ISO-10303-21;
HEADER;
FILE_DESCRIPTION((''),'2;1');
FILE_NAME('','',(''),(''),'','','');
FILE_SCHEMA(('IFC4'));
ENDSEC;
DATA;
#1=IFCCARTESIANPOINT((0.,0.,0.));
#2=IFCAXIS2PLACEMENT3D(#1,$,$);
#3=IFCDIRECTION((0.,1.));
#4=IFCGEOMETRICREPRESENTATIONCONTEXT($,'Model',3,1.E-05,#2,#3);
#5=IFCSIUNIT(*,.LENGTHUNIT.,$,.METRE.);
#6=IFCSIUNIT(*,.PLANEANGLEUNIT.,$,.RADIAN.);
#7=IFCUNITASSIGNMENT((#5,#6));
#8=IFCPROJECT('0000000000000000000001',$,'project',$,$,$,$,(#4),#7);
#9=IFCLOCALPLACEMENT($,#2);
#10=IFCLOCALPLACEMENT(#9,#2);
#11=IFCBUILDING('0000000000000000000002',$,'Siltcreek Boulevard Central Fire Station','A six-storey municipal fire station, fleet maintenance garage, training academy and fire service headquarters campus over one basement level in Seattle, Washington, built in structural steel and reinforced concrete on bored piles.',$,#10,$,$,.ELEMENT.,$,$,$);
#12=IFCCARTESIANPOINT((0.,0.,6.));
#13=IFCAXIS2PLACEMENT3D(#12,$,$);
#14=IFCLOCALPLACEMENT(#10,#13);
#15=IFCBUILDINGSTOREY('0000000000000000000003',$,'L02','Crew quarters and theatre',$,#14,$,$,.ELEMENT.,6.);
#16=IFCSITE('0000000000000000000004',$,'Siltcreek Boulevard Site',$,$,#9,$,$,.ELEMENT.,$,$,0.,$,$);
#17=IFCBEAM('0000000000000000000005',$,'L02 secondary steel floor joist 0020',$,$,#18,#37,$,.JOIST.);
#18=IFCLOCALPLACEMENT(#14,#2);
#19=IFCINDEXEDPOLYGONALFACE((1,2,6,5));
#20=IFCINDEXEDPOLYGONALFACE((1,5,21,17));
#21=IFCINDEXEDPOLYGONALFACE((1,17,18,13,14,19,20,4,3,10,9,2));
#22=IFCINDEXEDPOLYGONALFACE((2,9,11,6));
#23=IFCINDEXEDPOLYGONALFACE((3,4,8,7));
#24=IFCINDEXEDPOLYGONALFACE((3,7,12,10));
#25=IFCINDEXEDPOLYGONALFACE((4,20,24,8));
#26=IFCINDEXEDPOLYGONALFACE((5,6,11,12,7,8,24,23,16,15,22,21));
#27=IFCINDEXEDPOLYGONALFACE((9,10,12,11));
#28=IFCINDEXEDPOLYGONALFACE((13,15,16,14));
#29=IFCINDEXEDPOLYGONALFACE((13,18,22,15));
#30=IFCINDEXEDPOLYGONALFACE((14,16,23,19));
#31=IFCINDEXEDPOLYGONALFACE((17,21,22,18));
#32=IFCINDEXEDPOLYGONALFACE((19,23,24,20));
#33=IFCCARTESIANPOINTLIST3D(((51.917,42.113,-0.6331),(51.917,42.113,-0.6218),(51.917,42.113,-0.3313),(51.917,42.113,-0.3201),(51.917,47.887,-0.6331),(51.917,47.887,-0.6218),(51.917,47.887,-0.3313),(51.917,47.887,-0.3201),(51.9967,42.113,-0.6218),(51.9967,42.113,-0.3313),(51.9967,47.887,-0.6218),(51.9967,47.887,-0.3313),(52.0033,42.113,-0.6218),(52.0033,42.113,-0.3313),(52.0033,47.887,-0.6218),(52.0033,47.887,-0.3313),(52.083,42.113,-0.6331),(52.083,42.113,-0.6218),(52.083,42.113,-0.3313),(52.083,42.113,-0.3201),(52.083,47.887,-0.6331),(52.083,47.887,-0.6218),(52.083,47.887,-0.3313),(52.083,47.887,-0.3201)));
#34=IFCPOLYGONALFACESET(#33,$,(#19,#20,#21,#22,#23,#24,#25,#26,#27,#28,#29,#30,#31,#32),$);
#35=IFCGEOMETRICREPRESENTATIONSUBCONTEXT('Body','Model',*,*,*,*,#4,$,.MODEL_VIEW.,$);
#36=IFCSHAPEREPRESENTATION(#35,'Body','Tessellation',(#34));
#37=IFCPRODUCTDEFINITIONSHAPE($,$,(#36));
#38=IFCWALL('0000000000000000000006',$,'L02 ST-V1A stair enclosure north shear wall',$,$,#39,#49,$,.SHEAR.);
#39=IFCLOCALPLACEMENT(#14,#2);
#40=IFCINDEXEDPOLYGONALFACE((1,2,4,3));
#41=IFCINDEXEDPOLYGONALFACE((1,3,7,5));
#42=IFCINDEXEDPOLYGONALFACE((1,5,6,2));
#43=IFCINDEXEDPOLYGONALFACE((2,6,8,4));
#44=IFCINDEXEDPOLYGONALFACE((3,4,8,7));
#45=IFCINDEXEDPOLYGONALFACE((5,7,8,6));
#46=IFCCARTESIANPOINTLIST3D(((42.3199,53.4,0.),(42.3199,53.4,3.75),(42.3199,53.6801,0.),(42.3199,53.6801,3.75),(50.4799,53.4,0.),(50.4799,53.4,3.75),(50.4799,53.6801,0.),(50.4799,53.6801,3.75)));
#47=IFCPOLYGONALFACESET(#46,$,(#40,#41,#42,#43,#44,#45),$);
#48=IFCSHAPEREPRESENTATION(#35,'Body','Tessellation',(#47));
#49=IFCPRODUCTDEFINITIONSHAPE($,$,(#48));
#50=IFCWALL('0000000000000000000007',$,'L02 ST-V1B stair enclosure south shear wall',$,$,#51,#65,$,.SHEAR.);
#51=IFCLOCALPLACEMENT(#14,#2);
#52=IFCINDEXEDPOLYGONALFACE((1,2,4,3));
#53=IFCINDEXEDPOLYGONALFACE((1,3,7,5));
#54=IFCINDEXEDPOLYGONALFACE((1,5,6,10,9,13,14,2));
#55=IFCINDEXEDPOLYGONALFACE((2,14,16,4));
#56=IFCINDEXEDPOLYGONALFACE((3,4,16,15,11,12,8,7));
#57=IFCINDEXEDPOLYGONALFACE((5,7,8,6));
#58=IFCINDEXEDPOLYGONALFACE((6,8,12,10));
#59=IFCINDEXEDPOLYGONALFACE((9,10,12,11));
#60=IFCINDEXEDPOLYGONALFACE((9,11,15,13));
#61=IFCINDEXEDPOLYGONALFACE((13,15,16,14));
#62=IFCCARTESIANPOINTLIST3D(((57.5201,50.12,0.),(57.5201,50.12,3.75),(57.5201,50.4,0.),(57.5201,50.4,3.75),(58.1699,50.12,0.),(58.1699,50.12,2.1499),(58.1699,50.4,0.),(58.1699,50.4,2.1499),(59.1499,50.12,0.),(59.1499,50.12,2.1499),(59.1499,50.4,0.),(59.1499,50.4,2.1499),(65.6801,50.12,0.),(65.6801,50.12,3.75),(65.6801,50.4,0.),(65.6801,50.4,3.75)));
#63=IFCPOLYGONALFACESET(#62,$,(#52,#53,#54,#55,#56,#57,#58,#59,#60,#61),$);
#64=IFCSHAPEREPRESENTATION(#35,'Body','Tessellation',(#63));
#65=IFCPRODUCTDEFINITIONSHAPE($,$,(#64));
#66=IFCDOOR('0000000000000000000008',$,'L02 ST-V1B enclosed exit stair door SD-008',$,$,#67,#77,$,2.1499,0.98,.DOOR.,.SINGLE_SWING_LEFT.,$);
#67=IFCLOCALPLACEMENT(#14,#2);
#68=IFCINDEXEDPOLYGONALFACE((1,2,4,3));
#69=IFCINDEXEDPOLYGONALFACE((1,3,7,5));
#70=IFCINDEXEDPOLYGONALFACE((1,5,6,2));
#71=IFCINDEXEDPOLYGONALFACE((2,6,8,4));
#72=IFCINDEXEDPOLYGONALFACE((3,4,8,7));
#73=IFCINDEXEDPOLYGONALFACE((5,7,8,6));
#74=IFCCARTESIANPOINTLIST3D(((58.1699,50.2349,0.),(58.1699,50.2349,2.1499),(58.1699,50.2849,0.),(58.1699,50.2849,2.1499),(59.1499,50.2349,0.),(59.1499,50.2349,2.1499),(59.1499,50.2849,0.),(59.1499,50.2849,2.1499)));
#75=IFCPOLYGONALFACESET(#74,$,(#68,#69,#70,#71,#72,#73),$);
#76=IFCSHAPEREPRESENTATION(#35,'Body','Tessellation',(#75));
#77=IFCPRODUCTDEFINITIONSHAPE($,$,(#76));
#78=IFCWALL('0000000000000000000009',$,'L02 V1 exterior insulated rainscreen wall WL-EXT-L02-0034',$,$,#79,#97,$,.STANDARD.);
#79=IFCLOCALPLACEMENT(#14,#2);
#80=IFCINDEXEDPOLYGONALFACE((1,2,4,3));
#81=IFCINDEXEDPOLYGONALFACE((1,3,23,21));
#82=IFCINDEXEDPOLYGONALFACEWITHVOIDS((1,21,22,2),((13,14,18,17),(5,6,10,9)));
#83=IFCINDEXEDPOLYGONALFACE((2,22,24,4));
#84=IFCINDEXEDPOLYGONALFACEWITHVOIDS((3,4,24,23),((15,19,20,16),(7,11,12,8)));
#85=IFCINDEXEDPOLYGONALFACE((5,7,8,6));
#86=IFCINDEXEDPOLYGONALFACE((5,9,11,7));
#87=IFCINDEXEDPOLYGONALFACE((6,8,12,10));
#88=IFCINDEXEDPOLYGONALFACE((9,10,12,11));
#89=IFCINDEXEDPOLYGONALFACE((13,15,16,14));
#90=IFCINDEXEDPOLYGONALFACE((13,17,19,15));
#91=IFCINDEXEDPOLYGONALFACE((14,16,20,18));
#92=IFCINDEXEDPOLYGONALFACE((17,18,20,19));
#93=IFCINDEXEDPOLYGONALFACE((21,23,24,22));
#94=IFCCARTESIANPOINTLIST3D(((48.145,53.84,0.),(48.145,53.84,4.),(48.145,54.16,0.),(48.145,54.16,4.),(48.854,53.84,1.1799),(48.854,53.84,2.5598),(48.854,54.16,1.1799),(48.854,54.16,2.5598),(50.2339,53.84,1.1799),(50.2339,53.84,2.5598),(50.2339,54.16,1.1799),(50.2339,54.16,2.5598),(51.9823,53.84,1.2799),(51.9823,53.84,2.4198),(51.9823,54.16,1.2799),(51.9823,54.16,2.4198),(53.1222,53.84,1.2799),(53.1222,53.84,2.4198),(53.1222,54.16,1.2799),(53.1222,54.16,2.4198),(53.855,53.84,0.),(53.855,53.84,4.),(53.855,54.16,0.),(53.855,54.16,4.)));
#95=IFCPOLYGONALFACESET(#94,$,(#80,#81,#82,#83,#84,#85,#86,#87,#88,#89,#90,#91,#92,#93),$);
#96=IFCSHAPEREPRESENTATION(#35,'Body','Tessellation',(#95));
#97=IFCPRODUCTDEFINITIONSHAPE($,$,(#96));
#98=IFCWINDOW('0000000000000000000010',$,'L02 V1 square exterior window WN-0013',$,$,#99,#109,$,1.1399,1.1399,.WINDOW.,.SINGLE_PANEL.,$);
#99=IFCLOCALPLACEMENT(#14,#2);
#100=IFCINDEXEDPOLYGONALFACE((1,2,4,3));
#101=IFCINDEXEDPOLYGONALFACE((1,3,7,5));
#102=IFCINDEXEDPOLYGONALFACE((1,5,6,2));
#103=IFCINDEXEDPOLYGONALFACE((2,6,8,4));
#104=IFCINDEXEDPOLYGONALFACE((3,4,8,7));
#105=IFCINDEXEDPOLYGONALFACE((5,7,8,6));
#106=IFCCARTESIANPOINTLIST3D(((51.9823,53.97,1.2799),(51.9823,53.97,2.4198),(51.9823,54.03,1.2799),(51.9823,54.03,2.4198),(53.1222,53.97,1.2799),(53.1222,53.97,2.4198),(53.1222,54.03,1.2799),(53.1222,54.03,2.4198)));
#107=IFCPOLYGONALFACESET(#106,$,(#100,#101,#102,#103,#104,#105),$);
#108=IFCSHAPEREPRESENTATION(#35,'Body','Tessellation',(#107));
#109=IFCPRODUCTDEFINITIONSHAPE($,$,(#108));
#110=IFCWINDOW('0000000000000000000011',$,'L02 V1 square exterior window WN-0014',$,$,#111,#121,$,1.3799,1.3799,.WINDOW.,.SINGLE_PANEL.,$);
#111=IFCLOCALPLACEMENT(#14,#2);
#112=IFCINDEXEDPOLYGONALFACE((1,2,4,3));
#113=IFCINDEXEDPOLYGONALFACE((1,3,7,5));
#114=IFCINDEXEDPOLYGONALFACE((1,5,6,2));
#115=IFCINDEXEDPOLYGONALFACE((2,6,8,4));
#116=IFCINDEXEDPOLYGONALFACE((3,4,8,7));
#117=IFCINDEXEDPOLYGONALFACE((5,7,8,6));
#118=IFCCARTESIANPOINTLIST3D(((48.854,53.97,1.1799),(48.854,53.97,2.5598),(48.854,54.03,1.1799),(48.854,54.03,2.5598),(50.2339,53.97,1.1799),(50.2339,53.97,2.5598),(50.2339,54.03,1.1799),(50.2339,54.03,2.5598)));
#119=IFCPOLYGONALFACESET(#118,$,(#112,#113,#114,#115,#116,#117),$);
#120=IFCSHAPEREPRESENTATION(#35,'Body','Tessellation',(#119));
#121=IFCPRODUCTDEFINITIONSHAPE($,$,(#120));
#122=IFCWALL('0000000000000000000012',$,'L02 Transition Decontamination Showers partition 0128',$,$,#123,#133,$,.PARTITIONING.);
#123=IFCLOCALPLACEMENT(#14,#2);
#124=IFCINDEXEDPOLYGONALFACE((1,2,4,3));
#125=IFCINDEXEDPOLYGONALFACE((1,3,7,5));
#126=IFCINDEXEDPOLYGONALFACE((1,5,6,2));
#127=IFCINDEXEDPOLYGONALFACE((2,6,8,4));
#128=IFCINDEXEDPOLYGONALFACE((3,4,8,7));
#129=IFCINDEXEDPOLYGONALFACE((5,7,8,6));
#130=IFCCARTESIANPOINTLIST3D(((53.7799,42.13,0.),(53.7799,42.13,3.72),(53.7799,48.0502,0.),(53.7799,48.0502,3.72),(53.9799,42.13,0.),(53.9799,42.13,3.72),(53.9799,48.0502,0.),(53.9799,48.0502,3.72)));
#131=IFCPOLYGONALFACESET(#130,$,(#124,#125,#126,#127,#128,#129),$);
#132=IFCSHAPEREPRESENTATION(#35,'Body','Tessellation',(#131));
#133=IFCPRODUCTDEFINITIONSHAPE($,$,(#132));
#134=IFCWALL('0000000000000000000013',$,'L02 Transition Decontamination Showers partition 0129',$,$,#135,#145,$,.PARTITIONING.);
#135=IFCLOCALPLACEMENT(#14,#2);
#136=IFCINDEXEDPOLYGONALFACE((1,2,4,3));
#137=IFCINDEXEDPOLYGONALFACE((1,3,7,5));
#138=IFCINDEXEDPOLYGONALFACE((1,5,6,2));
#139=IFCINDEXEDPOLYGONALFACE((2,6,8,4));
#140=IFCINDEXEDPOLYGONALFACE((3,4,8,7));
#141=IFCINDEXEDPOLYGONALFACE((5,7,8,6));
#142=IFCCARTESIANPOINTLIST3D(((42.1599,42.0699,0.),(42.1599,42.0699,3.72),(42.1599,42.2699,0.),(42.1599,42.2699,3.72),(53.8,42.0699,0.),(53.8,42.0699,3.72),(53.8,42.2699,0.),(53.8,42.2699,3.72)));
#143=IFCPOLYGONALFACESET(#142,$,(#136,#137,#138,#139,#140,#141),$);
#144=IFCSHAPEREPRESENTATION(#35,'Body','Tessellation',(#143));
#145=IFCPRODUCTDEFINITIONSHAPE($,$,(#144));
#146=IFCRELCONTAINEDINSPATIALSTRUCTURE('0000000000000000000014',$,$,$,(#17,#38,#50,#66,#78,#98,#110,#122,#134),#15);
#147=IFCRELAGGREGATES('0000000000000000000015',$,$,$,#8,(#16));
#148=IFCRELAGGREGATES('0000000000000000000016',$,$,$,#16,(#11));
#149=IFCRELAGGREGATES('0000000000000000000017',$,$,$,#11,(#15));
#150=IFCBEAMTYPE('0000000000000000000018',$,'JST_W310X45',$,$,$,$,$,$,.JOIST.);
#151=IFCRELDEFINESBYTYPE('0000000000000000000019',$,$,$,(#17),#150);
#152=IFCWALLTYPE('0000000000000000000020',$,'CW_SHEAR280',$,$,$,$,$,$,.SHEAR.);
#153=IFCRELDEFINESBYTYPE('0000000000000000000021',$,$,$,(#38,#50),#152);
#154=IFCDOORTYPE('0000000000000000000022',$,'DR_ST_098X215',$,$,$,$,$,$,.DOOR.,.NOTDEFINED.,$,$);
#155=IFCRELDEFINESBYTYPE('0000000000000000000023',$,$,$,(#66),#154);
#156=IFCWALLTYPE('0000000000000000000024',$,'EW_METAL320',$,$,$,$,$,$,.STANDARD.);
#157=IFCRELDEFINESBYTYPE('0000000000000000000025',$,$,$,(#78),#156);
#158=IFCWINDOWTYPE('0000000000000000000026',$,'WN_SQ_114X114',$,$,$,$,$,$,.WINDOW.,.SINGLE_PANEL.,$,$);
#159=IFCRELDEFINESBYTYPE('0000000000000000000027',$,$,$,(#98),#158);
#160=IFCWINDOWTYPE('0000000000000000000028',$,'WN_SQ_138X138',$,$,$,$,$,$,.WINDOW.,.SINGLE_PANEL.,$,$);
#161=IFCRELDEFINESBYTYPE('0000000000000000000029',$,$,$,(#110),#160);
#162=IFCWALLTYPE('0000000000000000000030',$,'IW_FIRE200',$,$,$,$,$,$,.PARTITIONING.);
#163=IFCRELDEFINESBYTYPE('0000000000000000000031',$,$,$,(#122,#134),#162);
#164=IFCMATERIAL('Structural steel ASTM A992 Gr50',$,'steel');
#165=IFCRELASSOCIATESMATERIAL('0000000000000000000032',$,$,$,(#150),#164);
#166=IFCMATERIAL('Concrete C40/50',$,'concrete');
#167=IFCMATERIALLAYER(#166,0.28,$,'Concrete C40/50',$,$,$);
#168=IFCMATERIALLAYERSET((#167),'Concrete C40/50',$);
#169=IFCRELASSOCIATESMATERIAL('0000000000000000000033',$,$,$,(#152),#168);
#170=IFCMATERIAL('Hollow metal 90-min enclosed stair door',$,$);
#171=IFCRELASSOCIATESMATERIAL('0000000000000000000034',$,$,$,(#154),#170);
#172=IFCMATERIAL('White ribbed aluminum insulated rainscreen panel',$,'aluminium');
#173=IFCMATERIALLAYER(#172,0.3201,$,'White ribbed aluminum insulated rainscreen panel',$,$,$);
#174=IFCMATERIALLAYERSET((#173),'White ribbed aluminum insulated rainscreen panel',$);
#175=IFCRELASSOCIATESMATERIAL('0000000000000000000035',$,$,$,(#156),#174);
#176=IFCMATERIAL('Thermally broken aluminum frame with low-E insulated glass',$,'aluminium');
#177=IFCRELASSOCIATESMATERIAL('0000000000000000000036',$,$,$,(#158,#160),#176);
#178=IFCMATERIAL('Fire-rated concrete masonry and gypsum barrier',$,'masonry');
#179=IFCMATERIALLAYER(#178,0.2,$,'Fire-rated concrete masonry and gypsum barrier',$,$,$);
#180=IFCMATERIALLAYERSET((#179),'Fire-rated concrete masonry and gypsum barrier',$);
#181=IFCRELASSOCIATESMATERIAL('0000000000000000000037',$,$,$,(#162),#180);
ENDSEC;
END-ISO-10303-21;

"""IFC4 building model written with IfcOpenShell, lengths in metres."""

from ifc_helpers import new_model, si_unit, direction, frame, frame_2d, origin, origin_2d, place, context, subcontext, project, spatial, rectangle, i_section, extrude, material, layer, layer_set, material_profile, profile_set, type_object, element, fill, save


model = new_model("IFC4")

# Units and contexts
model_context = context("Model", 3, precision=1e-05, world=origin(), true_north=direction((0.0, 1.0)))
body_context = subcontext(model_context, "Body", "Model", "MODEL_VIEW")
ifc_project = project(units=[si_unit("LENGTHUNIT", "METRE"), si_unit("PLANEANGLEUNIT", "RADIAN")], contexts=[model_context])

# Site, building, storey
site_placement = place(None, origin())
site = spatial("IfcSite", under=ifc_project, at=site_placement, Name="Siltcreek Boulevard Site", CompositionType="ELEMENT", RefElevation=0.0)
building_placement = place(site_placement, origin())
building = spatial("IfcBuilding", under=site, at=building_placement, Name="Siltcreek Boulevard Central Fire Station", Description="A six-storey municipal fire station, fleet maintenance garage, training academy and fire service headquarters campus over one basement level in Seattle, Washington, built in structural steel and reinforced concrete on bored piles.", CompositionType="ELEMENT")
storey_placement = place(building_placement, frame((0.0, 0.0, 6.0)))
storey = spatial("IfcBuildingStorey", under=building, at=storey_placement, Name="L02", Description="Crew quarters and theatre", CompositionType="ELEMENT", Elevation=6.0)

# Shared definitions
ifc_material_1 = material(Name="Structural steel ASTM A992 Gr50", Category="steel")

# Beam
ifc_material_profile_1 = material_profile(ifc_material_1, i_section(OverallWidth=0.166, OverallDepth=0.313, WebThickness=0.0066, FlangeThickness=0.0112, at=origin_2d()), Name="W310X45")
ifc_profile_set_1 = profile_set([ifc_material_profile_1], Name="Structural steel ASTM A992 Gr50")
beam_type_1 = type_object("IfcBeamType", Name="JST_W310X45", PredefinedType="JOIST", material=ifc_profile_set_1)
beam_1_placement = place(storey_placement, frame((52.0, 42.113, -0.4766), z_axis=(0.0, 1.0, 0.0), x_axis=(-1.0, 0.0, 0.0)))
element("IfcBeam", 1, at=beam_1_placement, inside=storey, type_object=beam_type_1, Name="L02 secondary steel floor joist 0020", PredefinedType="JOIST", context=body_context, shape_type="SweptSolid", body=[
    extrude(i_section(OverallWidth=0.166, OverallDepth=0.313, WebThickness=0.0066, FlangeThickness=0.0112, at=origin_2d()), origin(), (0.0, 0.0, 1.0), 5.7739),
])

# Wall
ifc_material_2 = material(Name="Concrete C40/50", Category="concrete")
ifc_layer_1 = layer(ifc_material_2, 0.28, Name="Concrete C40/50")
ifc_layer_set_1 = layer_set([ifc_layer_1], Name="Concrete C40/50")
wall_type_1 = type_object("IfcWallType", Name="CW_SHEAR280", PredefinedType="SHEAR", material=ifc_layer_set_1)
wall_1_placement = place(storey_placement, frame((50.48, 53.54, 0.0), z_axis=(0.0, 0.0, 1.0), x_axis=(-1.0, 0.0, 0.0)))
element("IfcWall", 2, at=wall_1_placement, inside=storey, type_object=wall_type_1, Name="L02 ST-V1A stair enclosure north shear wall", PredefinedType="SHEAR", context=body_context, shape_type="SweptSolid", body=[
    extrude(rectangle(XDim=8.1599, YDim=0.28, at=frame_2d((4.0801, 0.0))), origin(), (0.0, 0.0, 1.0), 3.75),
])

# Wall, opening, door
wall_2_placement = place(storey_placement, frame((57.52, 50.26, 0.0), z_axis=(0.0, 0.0, 1.0), x_axis=(1.0, 0.0, 0.0)))
wall_2 = element("IfcWall", 3, at=wall_2_placement, inside=storey, type_object=wall_type_1, Name="L02 ST-V1B stair enclosure south shear wall", PredefinedType="SHEAR", context=body_context, shape_type="SweptSolid", body=[
    extrude(rectangle(XDim=8.1599, YDim=0.28, at=frame_2d((4.0801, 0.0))), origin(), (0.0, 0.0, 1.0), 3.75),
])
opening_1_placement = place(wall_2_placement, frame((0.6499, 0.0, 0.0)))
opening_1 = element("IfcOpeningElement", 4, at=opening_1_placement, cuts=wall_2, PredefinedType="OPENING", context=body_context, shape_type="SweptSolid", body=[
    extrude(rectangle(XDim=0.98, YDim=2.1499, at=frame_2d((0.49, 1.075))), frame((0.0, 0.1499, 0.0), z_axis=(0.0, -1.0, 0.0), x_axis=(1.0, 0.0, 0.0)), (0.0, 0.0, 1.0), 0.3),
])
ifc_material_3 = material(Name="Hollow metal 90-min enclosed stair door")
door_type_1 = type_object("IfcDoorType", Name="DR_ST_098X215", OperationType="NOTDEFINED", PredefinedType="DOOR", material=ifc_material_3)
door_1_placement = place(opening_1_placement, origin())
door_1 = element("IfcDoor", 5, at=door_1_placement, inside=storey, type_object=door_type_1, Name="L02 ST-V1B enclosed exit stair door SD-008", OperationType="SINGLE_SWING_LEFT", OverallHeight=2.1499, OverallWidth=0.98, PredefinedType="DOOR", context=body_context, shape_type="SweptSolid", body=[
    extrude(rectangle(XDim=0.98, YDim=2.1499, at=frame_2d((0.49, 1.075))), frame((0.0, 0.0249, 0.0), z_axis=(0.0, -1.0, 0.0), x_axis=(1.0, 0.0, 0.0)), (0.0, 0.0, 1.0), 0.05),
])
fill(opening_1, door_1)

# Wall, openings, windows
ifc_material_4 = material(Name="White ribbed aluminum insulated rainscreen panel", Category="aluminium")
ifc_layer_2 = layer(ifc_material_4, 0.3201, Name="White ribbed aluminum insulated rainscreen panel")
ifc_layer_set_2 = layer_set([ifc_layer_2], Name="White ribbed aluminum insulated rainscreen panel")
wall_type_2 = type_object("IfcWallType", Name="EW_METAL320", PredefinedType="STANDARD", material=ifc_layer_set_2)
wall_3_placement = place(storey_placement, frame((53.855, 54.0, 0.0), z_axis=(0.0, 0.0, 1.0), x_axis=(-1.0, 0.0, 0.0)))
wall_3 = element("IfcWall", 6, at=wall_3_placement, inside=storey, type_object=wall_type_2, Name="L02 V1 exterior insulated rainscreen wall WL-EXT-L02-0034", PredefinedType="STANDARD", context=body_context, shape_type="SweptSolid", body=[
    extrude(rectangle(XDim=5.71, YDim=0.3201, at=frame_2d((2.855, 0.0))), origin(), (0.0, 0.0, 1.0), 4.0),
])
opening_2_placement = place(wall_3_placement, frame((0.7329, 0.0, 1.28)))
opening_2 = element("IfcOpeningElement", 7, at=opening_2_placement, cuts=wall_3, PredefinedType="OPENING", context=body_context, shape_type="SweptSolid", body=[
    extrude(rectangle(XDim=1.1399, YDim=1.1399, at=frame_2d((0.5698, 0.5698))), frame((0.0, 0.1699, 0.0), z_axis=(0.0, -1.0, 0.0), x_axis=(1.0, 0.0, 0.0)), (0.0, 0.0, 1.0), 0.3401),
])
opening_3_placement = place(wall_3_placement, frame((3.6211, 0.0, 1.1799)))
opening_3 = element("IfcOpeningElement", 8, at=opening_3_placement, cuts=wall_3, PredefinedType="OPENING", context=body_context, shape_type="SweptSolid", body=[
    extrude(rectangle(XDim=1.3799, YDim=1.3799, at=frame_2d((0.6899, 0.6899))), frame((0.0, 0.1699, 0.0), z_axis=(0.0, -1.0, 0.0), x_axis=(1.0, 0.0, 0.0)), (0.0, 0.0, 1.0), 0.3401),
])
ifc_material_5 = material(Name="Thermally broken aluminum frame with low-E insulated glass", Category="aluminium")
window_type_1 = type_object("IfcWindowType", Name="WN_SQ_114X114", PartitioningType="SINGLE_PANEL", PredefinedType="WINDOW", material=ifc_material_5)
window_1_placement = place(opening_2_placement, origin())
window_1 = element("IfcWindow", 9, at=window_1_placement, inside=storey, type_object=window_type_1, Name="L02 V1 square exterior window WN-0013", OverallHeight=1.1399, OverallWidth=1.1399, PartitioningType="SINGLE_PANEL", PredefinedType="WINDOW", context=body_context, shape_type="SweptSolid", body=[
    extrude(rectangle(XDim=1.1399, YDim=1.1399, at=frame_2d((0.5698, 0.5698))), frame((0.0, 0.03, 0.0), z_axis=(0.0, -1.0, 0.0), x_axis=(1.0, 0.0, 0.0)), (0.0, 0.0, 1.0), 0.0601),
])
fill(opening_2, window_1)
window_type_2 = type_object("IfcWindowType", Name="WN_SQ_138X138", PartitioningType="SINGLE_PANEL", PredefinedType="WINDOW", material=ifc_material_5)
window_2_placement = place(opening_3_placement, origin())
window_2 = element("IfcWindow", 10, at=window_2_placement, inside=storey, type_object=window_type_2, Name="L02 V1 square exterior window WN-0014", OverallHeight=1.3799, OverallWidth=1.3799, PartitioningType="SINGLE_PANEL", PredefinedType="WINDOW", context=body_context, shape_type="SweptSolid", body=[
    extrude(rectangle(XDim=1.3799, YDim=1.3799, at=frame_2d((0.6899, 0.6899))), frame((0.0, 0.03, 0.0), z_axis=(0.0, -1.0, 0.0), x_axis=(1.0, 0.0, 0.0)), (0.0, 0.0, 1.0), 0.0601),
])
fill(opening_3, window_2)

# Walls
ifc_material_6 = material(Name="Fire-rated concrete masonry and gypsum barrier", Category="masonry")
ifc_layer_3 = layer(ifc_material_6, 0.2, Name="Fire-rated concrete masonry and gypsum barrier")
ifc_layer_set_3 = layer_set([ifc_layer_3], Name="Fire-rated concrete masonry and gypsum barrier")
wall_type_3 = type_object("IfcWallType", Name="IW_FIRE200", PredefinedType="PARTITIONING", material=ifc_layer_set_3)
wall_4_placement = place(storey_placement, frame((53.8799, 48.05, 0.0), z_axis=(0.0, 0.0, 1.0), x_axis=(0.0, -1.0, 0.0)))
element("IfcWall", 11, at=wall_4_placement, inside=storey, type_object=wall_type_3, Name="L02 Transition Decontamination Showers partition 0128", PredefinedType="PARTITIONING", context=body_context, shape_type="SweptSolid", body=[
    extrude(rectangle(XDim=5.9202, YDim=0.2, at=frame_2d((2.96, 0.0))), origin(), (0.0, 0.0, 1.0), 3.72),
])
wall_5_placement = place(storey_placement, frame((53.8, 42.1699, 0.0), z_axis=(0.0, 0.0, 1.0), x_axis=(-1.0, 0.0, 0.0)))
element("IfcWall", 12, at=wall_5_placement, inside=storey, type_object=wall_type_3, Name="L02 Transition Decontamination Showers partition 0129", PredefinedType="PARTITIONING", context=body_context, shape_type="SweptSolid", body=[
    extrude(rectangle(XDim=11.6401, YDim=0.2, at=frame_2d((5.8201, 0.0))), origin(), (0.0, 0.0, 1.0), 3.72),
])

save(model, "model.ifc")
